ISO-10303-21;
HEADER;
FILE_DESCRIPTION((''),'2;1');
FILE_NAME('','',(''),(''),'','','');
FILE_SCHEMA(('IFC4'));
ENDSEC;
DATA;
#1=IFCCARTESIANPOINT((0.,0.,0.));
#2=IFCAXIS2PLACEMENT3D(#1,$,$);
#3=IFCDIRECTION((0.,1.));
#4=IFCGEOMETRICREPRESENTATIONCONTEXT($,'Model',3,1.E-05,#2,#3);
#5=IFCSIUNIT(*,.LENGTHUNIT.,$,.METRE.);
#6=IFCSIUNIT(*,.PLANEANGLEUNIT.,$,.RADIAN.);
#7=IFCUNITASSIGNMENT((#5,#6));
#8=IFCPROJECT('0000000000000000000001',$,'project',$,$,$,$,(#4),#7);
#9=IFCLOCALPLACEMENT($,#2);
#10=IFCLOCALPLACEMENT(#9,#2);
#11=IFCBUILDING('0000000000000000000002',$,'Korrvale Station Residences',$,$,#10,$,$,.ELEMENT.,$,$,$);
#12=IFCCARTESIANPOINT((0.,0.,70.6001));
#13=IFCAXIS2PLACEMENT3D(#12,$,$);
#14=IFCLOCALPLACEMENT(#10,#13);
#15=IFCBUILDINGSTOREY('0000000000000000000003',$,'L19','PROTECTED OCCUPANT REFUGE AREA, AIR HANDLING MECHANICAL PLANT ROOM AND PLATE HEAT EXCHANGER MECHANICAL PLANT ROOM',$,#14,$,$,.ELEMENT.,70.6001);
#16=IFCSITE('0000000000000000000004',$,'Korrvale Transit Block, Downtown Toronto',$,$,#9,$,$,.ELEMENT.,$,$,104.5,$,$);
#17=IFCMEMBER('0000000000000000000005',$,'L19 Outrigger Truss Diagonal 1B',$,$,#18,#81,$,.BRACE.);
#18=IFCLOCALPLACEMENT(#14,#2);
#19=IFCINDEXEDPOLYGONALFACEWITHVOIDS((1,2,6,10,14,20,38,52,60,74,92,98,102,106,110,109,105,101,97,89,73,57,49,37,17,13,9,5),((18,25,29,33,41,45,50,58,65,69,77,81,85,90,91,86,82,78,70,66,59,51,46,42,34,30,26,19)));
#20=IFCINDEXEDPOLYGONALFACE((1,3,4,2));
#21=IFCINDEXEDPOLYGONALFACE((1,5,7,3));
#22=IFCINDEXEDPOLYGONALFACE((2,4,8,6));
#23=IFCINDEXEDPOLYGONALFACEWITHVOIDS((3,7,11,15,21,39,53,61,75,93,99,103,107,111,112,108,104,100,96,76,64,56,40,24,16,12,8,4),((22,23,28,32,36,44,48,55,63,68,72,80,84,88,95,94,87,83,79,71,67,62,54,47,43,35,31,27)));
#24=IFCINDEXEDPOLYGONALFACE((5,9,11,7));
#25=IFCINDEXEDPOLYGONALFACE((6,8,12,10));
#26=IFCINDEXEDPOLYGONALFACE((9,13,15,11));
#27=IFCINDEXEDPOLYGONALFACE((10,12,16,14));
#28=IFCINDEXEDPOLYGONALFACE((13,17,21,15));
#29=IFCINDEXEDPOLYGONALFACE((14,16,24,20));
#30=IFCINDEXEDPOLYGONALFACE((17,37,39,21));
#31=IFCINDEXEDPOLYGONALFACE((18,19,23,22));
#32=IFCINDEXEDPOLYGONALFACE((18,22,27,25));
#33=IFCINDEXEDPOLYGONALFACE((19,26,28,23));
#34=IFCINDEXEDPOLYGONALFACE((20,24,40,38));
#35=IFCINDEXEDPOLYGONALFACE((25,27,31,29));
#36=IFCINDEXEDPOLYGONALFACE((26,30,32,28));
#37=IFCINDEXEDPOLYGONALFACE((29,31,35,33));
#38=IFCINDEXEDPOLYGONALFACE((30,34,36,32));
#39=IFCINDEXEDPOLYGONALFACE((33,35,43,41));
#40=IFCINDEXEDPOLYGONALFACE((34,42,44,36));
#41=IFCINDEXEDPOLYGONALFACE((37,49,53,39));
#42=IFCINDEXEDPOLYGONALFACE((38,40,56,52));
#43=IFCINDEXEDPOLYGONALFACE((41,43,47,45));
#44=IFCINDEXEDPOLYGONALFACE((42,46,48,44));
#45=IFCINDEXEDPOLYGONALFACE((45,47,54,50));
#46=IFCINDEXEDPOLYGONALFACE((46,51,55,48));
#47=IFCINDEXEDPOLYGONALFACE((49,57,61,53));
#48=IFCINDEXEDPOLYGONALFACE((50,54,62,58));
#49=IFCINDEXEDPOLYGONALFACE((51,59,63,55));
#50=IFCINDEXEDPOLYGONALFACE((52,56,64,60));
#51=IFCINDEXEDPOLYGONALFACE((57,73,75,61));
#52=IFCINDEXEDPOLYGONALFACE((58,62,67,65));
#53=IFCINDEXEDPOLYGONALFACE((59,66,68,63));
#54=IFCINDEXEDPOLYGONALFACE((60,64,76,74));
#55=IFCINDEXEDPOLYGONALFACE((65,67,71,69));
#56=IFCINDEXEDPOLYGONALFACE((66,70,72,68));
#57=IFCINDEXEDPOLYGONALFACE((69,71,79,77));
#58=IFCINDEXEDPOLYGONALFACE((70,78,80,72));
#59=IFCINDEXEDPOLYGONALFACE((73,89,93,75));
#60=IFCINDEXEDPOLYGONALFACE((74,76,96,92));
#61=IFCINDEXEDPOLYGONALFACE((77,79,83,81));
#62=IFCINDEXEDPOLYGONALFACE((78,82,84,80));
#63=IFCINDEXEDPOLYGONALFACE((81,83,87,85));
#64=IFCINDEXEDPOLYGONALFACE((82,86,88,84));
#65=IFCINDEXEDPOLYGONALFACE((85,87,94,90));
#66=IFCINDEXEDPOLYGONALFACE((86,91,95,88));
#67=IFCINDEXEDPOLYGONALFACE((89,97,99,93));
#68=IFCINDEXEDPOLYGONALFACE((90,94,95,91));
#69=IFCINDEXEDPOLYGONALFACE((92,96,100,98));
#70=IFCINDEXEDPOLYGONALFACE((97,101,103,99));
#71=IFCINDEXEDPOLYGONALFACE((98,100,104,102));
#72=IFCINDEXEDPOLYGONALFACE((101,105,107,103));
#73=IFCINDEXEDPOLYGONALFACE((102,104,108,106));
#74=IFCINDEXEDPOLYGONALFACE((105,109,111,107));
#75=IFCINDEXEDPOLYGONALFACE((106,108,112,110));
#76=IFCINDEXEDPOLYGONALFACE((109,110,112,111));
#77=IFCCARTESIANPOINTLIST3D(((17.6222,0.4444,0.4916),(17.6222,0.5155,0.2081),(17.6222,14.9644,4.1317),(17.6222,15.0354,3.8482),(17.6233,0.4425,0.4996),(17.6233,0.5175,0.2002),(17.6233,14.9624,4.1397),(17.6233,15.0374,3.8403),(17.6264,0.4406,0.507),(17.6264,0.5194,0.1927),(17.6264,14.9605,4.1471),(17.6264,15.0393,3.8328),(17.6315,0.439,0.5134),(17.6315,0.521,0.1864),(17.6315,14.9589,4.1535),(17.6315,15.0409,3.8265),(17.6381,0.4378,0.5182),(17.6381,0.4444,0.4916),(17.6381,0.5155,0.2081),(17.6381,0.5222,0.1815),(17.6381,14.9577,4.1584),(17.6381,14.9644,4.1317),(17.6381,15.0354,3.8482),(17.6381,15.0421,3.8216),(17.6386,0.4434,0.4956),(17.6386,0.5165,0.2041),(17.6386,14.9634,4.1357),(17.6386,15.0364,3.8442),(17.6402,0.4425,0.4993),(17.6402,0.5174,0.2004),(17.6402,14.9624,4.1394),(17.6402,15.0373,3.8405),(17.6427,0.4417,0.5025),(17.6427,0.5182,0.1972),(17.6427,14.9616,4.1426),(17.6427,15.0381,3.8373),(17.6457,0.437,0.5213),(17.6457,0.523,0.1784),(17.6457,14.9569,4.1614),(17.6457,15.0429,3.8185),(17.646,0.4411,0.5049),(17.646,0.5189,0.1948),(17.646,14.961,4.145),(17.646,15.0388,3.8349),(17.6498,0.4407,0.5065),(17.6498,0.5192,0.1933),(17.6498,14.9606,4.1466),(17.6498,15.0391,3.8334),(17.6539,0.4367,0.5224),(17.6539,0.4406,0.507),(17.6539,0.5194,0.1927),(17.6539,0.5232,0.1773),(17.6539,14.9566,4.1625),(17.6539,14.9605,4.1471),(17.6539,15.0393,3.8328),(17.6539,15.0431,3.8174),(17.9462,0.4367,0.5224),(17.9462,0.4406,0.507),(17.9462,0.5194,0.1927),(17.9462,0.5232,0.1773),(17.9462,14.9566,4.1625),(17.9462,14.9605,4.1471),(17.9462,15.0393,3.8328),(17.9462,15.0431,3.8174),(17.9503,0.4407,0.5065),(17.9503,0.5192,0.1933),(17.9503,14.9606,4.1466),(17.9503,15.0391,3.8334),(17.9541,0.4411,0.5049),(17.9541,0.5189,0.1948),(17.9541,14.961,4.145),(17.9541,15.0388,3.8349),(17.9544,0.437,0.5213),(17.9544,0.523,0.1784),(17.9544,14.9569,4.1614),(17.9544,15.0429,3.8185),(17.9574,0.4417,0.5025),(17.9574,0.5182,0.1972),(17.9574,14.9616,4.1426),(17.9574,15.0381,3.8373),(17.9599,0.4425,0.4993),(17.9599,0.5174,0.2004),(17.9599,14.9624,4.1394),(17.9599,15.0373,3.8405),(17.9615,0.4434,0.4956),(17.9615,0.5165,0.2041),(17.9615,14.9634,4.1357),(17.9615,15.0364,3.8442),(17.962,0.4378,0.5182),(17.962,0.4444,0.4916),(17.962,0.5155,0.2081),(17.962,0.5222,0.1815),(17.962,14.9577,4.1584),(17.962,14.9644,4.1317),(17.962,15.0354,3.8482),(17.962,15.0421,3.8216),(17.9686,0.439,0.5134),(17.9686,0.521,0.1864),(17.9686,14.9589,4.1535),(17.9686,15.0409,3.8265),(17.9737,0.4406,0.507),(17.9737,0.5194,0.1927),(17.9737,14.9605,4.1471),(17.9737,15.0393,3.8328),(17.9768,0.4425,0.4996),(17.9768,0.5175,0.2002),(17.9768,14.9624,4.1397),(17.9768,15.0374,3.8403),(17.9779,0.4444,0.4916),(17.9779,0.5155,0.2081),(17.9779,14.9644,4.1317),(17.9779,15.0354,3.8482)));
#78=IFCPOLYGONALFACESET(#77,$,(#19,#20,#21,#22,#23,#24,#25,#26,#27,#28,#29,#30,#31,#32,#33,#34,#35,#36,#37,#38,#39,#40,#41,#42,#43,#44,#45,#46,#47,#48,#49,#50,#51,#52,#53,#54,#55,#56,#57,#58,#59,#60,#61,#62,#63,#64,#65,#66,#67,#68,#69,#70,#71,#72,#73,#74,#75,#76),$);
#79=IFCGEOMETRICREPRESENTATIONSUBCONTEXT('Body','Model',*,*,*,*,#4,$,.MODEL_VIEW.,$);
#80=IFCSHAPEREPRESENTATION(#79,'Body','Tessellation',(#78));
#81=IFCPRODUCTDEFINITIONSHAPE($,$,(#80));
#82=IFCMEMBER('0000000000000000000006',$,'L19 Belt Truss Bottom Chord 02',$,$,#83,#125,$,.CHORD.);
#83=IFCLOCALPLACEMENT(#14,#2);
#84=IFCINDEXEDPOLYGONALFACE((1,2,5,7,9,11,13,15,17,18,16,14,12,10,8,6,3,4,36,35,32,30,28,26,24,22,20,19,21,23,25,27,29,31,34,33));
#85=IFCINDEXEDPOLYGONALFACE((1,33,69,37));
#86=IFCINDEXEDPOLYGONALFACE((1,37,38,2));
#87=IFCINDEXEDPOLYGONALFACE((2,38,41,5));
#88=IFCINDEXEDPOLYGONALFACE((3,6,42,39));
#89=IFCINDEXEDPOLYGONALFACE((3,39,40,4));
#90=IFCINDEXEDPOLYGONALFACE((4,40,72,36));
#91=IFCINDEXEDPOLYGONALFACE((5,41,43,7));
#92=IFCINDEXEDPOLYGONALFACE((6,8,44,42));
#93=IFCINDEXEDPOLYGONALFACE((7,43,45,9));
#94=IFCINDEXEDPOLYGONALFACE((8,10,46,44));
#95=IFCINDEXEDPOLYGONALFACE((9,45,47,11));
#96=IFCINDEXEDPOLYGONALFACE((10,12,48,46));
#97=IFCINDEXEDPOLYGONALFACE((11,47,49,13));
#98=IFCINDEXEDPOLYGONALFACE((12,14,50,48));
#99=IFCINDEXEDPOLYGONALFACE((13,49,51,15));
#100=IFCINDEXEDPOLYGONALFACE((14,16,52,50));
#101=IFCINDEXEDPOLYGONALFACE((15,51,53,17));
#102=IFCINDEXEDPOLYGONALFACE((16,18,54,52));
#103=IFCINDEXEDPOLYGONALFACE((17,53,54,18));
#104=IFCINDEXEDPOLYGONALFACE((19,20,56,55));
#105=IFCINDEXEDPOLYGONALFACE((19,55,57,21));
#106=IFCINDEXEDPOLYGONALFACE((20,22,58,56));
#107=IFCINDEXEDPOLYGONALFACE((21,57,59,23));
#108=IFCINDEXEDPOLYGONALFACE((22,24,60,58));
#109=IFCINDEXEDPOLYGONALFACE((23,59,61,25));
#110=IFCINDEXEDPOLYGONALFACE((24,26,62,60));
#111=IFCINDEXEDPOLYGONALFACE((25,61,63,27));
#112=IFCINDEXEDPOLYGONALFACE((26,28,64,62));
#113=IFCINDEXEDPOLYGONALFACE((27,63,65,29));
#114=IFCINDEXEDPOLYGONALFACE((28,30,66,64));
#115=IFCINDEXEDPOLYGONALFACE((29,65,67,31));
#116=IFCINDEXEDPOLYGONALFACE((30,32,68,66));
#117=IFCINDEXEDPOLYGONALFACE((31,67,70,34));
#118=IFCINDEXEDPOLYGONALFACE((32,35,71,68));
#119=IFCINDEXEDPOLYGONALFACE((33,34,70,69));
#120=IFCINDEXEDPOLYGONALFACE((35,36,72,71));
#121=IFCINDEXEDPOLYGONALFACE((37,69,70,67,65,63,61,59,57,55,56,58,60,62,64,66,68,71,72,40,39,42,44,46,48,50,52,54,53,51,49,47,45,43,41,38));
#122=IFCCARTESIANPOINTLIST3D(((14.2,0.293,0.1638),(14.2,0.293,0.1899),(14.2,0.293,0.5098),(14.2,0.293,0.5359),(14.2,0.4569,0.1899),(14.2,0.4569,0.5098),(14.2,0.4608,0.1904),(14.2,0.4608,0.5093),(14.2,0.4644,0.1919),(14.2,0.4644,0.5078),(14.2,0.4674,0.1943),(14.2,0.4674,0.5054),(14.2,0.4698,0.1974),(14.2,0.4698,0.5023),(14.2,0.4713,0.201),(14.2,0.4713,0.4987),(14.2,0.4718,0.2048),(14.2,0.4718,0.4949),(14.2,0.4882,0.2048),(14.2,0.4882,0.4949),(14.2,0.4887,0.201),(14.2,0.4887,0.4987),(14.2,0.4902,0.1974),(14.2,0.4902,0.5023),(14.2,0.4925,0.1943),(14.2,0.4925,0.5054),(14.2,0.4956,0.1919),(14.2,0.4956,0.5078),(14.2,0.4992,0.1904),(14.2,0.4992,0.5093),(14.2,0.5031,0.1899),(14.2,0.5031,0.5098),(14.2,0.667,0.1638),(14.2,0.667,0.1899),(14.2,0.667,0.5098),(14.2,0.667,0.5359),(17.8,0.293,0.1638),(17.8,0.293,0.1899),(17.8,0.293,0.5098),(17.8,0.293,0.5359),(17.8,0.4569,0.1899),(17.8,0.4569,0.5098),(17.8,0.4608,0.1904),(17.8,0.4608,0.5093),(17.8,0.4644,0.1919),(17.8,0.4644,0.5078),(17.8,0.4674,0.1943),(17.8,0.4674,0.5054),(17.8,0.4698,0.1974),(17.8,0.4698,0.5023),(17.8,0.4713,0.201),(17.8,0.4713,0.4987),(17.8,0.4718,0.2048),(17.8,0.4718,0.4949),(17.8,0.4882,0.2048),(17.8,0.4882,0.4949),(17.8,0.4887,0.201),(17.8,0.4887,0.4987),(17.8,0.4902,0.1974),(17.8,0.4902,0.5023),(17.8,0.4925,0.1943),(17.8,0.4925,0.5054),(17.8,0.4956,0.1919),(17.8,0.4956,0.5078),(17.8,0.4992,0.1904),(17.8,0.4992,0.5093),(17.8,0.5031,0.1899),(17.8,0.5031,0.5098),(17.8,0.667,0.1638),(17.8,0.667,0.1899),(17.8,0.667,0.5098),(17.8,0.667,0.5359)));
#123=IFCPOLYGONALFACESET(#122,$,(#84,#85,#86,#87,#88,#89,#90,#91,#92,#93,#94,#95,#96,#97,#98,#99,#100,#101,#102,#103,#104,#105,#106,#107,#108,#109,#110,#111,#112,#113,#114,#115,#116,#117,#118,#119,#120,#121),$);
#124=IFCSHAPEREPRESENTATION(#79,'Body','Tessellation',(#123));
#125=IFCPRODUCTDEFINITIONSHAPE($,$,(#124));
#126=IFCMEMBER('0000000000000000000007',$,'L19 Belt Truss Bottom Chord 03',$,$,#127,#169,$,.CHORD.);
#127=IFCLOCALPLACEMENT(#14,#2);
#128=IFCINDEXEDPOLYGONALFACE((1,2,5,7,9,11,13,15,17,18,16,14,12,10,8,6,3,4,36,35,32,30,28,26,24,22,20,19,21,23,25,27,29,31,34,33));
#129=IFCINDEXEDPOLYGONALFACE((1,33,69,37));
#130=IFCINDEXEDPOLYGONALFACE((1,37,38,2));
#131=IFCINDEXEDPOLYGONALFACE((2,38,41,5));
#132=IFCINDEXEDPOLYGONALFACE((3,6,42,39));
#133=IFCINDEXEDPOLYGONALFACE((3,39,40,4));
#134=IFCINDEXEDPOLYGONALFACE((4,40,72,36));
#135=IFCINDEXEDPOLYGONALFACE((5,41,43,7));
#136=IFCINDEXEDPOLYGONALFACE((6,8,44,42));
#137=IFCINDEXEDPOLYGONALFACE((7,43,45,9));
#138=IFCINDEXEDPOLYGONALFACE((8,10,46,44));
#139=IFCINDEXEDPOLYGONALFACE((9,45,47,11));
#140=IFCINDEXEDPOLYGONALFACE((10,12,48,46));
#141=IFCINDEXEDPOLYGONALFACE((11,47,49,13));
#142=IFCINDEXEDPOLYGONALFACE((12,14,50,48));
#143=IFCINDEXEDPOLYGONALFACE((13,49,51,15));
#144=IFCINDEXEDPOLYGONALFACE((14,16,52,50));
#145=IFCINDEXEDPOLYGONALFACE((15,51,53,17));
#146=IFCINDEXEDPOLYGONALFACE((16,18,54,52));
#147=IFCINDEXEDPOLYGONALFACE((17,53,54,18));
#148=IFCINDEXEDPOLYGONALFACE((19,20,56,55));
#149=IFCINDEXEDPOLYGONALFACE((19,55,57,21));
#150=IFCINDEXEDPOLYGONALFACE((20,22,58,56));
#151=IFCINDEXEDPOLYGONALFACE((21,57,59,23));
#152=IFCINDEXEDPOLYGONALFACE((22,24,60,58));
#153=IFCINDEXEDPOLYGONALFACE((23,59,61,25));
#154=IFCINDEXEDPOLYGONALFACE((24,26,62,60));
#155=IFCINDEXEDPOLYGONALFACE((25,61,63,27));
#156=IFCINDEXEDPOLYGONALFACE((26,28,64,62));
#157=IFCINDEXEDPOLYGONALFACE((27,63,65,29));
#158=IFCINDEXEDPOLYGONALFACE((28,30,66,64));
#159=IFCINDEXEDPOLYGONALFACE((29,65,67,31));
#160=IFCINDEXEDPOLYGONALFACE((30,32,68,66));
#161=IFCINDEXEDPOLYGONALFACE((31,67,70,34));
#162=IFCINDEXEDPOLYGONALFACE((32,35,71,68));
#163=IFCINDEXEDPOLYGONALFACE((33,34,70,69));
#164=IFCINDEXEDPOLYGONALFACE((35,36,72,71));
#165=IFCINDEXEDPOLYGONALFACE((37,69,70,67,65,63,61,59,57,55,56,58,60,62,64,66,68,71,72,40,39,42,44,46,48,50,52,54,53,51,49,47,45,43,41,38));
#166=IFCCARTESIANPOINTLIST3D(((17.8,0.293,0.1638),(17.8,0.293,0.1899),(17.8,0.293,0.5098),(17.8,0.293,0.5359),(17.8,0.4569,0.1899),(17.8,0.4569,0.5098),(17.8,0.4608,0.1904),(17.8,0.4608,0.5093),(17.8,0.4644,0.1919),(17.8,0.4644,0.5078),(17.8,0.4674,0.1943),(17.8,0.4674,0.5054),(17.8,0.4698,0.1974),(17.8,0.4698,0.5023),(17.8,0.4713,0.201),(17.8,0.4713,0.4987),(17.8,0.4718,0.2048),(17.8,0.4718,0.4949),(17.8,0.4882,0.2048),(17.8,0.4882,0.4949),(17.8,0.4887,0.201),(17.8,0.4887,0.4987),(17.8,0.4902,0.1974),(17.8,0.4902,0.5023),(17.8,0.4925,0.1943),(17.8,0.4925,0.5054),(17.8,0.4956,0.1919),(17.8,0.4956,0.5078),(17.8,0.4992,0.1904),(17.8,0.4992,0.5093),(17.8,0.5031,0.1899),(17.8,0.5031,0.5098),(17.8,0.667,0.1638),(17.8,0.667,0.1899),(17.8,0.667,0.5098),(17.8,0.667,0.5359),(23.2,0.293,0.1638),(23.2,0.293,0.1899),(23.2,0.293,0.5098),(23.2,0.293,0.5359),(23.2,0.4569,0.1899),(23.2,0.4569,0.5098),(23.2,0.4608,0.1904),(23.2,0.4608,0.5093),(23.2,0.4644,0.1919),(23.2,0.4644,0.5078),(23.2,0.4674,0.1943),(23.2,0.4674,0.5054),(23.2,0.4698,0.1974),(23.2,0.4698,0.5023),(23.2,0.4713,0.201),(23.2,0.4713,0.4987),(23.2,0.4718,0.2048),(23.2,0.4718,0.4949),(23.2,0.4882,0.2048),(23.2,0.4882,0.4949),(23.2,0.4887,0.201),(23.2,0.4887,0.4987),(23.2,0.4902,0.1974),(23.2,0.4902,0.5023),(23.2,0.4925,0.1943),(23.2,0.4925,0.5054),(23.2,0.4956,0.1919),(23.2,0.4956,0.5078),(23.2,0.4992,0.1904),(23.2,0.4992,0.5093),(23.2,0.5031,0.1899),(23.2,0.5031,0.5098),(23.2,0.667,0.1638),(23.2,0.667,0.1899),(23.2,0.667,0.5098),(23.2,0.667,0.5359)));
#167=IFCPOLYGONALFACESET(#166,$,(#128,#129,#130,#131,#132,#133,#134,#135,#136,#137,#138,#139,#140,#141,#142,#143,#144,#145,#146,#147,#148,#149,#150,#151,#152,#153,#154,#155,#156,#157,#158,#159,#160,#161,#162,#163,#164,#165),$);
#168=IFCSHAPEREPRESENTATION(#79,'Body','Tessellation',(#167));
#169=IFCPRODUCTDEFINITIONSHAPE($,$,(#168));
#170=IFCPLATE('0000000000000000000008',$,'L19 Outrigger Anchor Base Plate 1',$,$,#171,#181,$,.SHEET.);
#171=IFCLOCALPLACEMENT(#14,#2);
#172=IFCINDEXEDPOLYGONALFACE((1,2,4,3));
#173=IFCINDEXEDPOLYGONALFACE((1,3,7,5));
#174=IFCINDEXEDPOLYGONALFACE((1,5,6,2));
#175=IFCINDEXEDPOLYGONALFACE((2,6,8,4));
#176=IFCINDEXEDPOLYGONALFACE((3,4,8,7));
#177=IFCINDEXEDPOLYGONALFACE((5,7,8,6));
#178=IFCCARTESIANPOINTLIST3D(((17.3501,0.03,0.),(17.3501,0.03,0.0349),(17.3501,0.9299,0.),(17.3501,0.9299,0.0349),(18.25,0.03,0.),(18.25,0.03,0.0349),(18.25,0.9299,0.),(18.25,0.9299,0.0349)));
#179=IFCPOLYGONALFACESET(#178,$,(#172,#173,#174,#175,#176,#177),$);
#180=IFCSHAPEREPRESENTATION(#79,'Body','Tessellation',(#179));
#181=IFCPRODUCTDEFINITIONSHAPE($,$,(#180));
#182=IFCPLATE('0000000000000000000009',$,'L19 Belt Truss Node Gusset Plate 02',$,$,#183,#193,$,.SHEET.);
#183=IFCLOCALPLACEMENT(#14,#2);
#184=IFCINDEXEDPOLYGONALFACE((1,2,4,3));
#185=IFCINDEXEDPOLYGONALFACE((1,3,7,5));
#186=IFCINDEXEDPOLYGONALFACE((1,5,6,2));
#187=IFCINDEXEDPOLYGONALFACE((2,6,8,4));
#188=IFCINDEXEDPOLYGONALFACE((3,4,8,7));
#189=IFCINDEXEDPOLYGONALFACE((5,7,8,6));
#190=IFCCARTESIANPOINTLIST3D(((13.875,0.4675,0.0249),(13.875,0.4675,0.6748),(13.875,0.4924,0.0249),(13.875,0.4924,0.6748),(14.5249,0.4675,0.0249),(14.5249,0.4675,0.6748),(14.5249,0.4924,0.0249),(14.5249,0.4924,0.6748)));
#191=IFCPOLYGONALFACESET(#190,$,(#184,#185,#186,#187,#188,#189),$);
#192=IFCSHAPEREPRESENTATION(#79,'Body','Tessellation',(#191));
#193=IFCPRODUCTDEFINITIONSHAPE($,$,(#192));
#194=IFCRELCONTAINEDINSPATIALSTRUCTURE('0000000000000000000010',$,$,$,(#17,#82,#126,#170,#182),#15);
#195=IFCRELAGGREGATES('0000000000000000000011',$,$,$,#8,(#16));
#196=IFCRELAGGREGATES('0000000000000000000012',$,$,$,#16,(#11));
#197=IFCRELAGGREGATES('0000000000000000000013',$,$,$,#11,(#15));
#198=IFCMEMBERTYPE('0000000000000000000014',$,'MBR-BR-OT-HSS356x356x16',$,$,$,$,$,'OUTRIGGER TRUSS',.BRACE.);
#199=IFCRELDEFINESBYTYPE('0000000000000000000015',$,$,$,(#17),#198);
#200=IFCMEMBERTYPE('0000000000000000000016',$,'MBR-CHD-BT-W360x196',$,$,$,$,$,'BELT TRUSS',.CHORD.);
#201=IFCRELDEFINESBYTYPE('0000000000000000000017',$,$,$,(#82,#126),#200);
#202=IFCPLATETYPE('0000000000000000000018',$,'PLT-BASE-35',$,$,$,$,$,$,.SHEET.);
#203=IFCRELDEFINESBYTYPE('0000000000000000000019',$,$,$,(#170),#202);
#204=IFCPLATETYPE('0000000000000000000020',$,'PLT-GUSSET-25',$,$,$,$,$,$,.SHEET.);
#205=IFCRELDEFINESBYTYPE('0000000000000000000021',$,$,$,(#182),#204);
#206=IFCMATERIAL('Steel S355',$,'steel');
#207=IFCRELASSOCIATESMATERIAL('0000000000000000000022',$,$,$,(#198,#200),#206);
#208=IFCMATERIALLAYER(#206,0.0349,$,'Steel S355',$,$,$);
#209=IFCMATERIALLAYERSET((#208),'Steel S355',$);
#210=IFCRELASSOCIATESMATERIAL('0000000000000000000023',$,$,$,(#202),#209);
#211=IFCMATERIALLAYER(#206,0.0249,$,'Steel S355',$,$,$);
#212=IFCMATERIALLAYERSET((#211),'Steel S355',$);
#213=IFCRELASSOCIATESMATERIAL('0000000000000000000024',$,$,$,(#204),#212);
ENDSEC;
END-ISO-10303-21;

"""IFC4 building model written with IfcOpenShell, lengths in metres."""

from ifc_helpers import new_model, si_unit, direction, frame, origin, origin_2d, place, context, subcontext, project, spatial, rectangle, hollow_rectangle, i_section, extrude, material, layer, layer_set, material_profile, profile_set, type_object, element, save


model = new_model("IFC4")

# Units and contexts
model_context = context("Model", 3, precision=1e-05, world=origin(), true_north=direction((0.0, 1.0)))
body_context = subcontext(model_context, "Body", "Model", "MODEL_VIEW")
ifc_project = project(units=[si_unit("LENGTHUNIT", "METRE"), si_unit("PLANEANGLEUNIT", "RADIAN")], contexts=[model_context])

# Site, building, storey
site_placement = place(None, origin())
site = spatial("IfcSite", under=ifc_project, at=site_placement, Name="Korrvale Transit Block, Downtown Toronto", CompositionType="ELEMENT", RefElevation=104.5)
building_placement = place(site_placement, origin())
building = spatial("IfcBuilding", under=site, at=building_placement, Name="Korrvale Station Residences", CompositionType="ELEMENT")
storey_placement = place(building_placement, frame((0.0, 0.0, 70.6001)))
storey = spatial("IfcBuildingStorey", under=building, at=storey_placement, Name="L19", Description="PROTECTED OCCUPANT REFUGE AREA, AIR HANDLING MECHANICAL PLANT ROOM AND PLATE HEAT EXCHANGER MECHANICAL PLANT ROOM", CompositionType="ELEMENT", Elevation=70.6001)

# Members
ifc_material_1 = material(Name="Steel S355", Category="steel")
ifc_material_profile_1 = material_profile(ifc_material_1, hollow_rectangle(XDim=0.3557, YDim=0.3557, WallThickness=0.0159, InnerFilletRadius=0.0159, OuterFilletRadius=0.0317, at=origin_2d()), Name="HSS356x356x16")
ifc_profile_set_1 = profile_set([ifc_material_profile_1], Name="Steel S355")
member_type_1 = type_object("IfcMemberType", Name="MBR-BR-OT-HSS356x356x16", ElementType="OUTRIGGER TRUSS", PredefinedType="BRACE", material=ifc_profile_set_1)
member_1_placement = place(storey_placement, frame((17.8, 0.48, 0.3499), z_axis=(0.0, 0.969983, 0.243173), x_axis=(-1.0, 0.0, 0.0)))
element("IfcMember", 1, at=member_1_placement, inside=storey, type_object=member_type_1, Name="L19 Outrigger Truss Diagonal 1B", PredefinedType="BRACE", context=body_context, shape_type="SweptSolid", body=[
    extrude(hollow_rectangle(XDim=0.3557, YDim=0.3557, WallThickness=0.0159, InnerFilletRadius=0.0159, OuterFilletRadius=0.0317, at=origin_2d()), origin(), (0.0, 0.0, 1.0), 14.9692),
])
ifc_material_profile_2 = material_profile(ifc_material_1, i_section(OverallWidth=0.374, OverallDepth=0.3721, WebThickness=0.0164, FlangeThickness=0.0261, FilletRadius=0.0149, at=origin_2d()), Name="W360x196")
ifc_profile_set_2 = profile_set([ifc_material_profile_2], Name="Steel S355")
member_type_2 = type_object("IfcMemberType", Name="MBR-CHD-BT-W360x196", ElementType="BELT TRUSS", PredefinedType="CHORD", material=ifc_profile_set_2)
member_2_placement = place(storey_placement, frame((14.2, 0.48, 0.3499), z_axis=(1.0, 0.0, 0.0), x_axis=(0.0, 1.0, 0.0)))
element("IfcMember", 2, at=member_2_placement, inside=storey, type_object=member_type_2, Name="L19 Belt Truss Bottom Chord 02", PredefinedType="CHORD", context=body_context, shape_type="SweptSolid", body=[
    extrude(i_section(OverallWidth=0.374, OverallDepth=0.3721, WebThickness=0.0164, FlangeThickness=0.0261, FilletRadius=0.0149, at=origin_2d()), origin(), (0.0, 0.0, 1.0), 3.6001),
])
member_3_placement = place(storey_placement, frame((17.8, 0.48, 0.3499), z_axis=(1.0, 0.0, 0.0), x_axis=(0.0, 1.0, 0.0)))
element("IfcMember", 3, at=member_3_placement, inside=storey, type_object=member_type_2, Name="L19 Belt Truss Bottom Chord 03", PredefinedType="CHORD", context=body_context, shape_type="SweptSolid", body=[
    extrude(i_section(OverallWidth=0.374, OverallDepth=0.3721, WebThickness=0.0164, FlangeThickness=0.0261, FilletRadius=0.0149, at=origin_2d()), origin(), (0.0, 0.0, 1.0), 5.3999),
])

# Plates
ifc_layer_1 = layer(ifc_material_1, 0.0349, Name="Steel S355")
ifc_layer_set_1 = layer_set([ifc_layer_1], Name="Steel S355")
plate_type_1 = type_object("IfcPlateType", Name="PLT-BASE-35", PredefinedType="SHEET", material=ifc_layer_set_1)
plate_placement = place(storey_placement, frame((17.8, 0.48, 0.0), z_axis=(0.0, 0.0, 1.0), x_axis=(1.0, 0.0, 0.0)))
element("IfcPlate", 4, at=plate_placement, inside=storey, type_object=plate_type_1, Name="L19 Outrigger Anchor Base Plate 1", PredefinedType="SHEET", context=body_context, shape_type="SweptSolid", body=[
    extrude(rectangle(XDim=0.8999, YDim=0.8999, at=origin_2d()), origin(), (0.0, 0.0, 1.0), 0.0349),
])
ifc_layer_2 = layer(ifc_material_1, 0.0249, Name="Steel S355")
ifc_layer_set_2 = layer_set([ifc_layer_2], Name="Steel S355")
plate_type_2 = type_object("IfcPlateType", Name="PLT-GUSSET-25", PredefinedType="SHEET", material=ifc_layer_set_2)
for number, where, z_axis, x_axis, name in (
    (5, (14.2, 0.48, 0.0249), (0.0, 0.0, 1.0), (1.0, 0.0, 0.0), "L19 Belt Truss Node Gusset Plate 02"),
):
    element("IfcPlate", number, at=place(storey_placement, frame(where, z_axis=z_axis, x_axis=x_axis)), inside=storey, type_object=plate_type_2, Name=name, PredefinedType="SHEET", context=body_context, shape_type="SweptSolid", body=[
        extrude(rectangle(XDim=0.6499, YDim=0.0249, at=origin_2d()), origin(), (0.0, 0.0, 1.0), 0.6499),
    ])

save(model, "model.ifc")
